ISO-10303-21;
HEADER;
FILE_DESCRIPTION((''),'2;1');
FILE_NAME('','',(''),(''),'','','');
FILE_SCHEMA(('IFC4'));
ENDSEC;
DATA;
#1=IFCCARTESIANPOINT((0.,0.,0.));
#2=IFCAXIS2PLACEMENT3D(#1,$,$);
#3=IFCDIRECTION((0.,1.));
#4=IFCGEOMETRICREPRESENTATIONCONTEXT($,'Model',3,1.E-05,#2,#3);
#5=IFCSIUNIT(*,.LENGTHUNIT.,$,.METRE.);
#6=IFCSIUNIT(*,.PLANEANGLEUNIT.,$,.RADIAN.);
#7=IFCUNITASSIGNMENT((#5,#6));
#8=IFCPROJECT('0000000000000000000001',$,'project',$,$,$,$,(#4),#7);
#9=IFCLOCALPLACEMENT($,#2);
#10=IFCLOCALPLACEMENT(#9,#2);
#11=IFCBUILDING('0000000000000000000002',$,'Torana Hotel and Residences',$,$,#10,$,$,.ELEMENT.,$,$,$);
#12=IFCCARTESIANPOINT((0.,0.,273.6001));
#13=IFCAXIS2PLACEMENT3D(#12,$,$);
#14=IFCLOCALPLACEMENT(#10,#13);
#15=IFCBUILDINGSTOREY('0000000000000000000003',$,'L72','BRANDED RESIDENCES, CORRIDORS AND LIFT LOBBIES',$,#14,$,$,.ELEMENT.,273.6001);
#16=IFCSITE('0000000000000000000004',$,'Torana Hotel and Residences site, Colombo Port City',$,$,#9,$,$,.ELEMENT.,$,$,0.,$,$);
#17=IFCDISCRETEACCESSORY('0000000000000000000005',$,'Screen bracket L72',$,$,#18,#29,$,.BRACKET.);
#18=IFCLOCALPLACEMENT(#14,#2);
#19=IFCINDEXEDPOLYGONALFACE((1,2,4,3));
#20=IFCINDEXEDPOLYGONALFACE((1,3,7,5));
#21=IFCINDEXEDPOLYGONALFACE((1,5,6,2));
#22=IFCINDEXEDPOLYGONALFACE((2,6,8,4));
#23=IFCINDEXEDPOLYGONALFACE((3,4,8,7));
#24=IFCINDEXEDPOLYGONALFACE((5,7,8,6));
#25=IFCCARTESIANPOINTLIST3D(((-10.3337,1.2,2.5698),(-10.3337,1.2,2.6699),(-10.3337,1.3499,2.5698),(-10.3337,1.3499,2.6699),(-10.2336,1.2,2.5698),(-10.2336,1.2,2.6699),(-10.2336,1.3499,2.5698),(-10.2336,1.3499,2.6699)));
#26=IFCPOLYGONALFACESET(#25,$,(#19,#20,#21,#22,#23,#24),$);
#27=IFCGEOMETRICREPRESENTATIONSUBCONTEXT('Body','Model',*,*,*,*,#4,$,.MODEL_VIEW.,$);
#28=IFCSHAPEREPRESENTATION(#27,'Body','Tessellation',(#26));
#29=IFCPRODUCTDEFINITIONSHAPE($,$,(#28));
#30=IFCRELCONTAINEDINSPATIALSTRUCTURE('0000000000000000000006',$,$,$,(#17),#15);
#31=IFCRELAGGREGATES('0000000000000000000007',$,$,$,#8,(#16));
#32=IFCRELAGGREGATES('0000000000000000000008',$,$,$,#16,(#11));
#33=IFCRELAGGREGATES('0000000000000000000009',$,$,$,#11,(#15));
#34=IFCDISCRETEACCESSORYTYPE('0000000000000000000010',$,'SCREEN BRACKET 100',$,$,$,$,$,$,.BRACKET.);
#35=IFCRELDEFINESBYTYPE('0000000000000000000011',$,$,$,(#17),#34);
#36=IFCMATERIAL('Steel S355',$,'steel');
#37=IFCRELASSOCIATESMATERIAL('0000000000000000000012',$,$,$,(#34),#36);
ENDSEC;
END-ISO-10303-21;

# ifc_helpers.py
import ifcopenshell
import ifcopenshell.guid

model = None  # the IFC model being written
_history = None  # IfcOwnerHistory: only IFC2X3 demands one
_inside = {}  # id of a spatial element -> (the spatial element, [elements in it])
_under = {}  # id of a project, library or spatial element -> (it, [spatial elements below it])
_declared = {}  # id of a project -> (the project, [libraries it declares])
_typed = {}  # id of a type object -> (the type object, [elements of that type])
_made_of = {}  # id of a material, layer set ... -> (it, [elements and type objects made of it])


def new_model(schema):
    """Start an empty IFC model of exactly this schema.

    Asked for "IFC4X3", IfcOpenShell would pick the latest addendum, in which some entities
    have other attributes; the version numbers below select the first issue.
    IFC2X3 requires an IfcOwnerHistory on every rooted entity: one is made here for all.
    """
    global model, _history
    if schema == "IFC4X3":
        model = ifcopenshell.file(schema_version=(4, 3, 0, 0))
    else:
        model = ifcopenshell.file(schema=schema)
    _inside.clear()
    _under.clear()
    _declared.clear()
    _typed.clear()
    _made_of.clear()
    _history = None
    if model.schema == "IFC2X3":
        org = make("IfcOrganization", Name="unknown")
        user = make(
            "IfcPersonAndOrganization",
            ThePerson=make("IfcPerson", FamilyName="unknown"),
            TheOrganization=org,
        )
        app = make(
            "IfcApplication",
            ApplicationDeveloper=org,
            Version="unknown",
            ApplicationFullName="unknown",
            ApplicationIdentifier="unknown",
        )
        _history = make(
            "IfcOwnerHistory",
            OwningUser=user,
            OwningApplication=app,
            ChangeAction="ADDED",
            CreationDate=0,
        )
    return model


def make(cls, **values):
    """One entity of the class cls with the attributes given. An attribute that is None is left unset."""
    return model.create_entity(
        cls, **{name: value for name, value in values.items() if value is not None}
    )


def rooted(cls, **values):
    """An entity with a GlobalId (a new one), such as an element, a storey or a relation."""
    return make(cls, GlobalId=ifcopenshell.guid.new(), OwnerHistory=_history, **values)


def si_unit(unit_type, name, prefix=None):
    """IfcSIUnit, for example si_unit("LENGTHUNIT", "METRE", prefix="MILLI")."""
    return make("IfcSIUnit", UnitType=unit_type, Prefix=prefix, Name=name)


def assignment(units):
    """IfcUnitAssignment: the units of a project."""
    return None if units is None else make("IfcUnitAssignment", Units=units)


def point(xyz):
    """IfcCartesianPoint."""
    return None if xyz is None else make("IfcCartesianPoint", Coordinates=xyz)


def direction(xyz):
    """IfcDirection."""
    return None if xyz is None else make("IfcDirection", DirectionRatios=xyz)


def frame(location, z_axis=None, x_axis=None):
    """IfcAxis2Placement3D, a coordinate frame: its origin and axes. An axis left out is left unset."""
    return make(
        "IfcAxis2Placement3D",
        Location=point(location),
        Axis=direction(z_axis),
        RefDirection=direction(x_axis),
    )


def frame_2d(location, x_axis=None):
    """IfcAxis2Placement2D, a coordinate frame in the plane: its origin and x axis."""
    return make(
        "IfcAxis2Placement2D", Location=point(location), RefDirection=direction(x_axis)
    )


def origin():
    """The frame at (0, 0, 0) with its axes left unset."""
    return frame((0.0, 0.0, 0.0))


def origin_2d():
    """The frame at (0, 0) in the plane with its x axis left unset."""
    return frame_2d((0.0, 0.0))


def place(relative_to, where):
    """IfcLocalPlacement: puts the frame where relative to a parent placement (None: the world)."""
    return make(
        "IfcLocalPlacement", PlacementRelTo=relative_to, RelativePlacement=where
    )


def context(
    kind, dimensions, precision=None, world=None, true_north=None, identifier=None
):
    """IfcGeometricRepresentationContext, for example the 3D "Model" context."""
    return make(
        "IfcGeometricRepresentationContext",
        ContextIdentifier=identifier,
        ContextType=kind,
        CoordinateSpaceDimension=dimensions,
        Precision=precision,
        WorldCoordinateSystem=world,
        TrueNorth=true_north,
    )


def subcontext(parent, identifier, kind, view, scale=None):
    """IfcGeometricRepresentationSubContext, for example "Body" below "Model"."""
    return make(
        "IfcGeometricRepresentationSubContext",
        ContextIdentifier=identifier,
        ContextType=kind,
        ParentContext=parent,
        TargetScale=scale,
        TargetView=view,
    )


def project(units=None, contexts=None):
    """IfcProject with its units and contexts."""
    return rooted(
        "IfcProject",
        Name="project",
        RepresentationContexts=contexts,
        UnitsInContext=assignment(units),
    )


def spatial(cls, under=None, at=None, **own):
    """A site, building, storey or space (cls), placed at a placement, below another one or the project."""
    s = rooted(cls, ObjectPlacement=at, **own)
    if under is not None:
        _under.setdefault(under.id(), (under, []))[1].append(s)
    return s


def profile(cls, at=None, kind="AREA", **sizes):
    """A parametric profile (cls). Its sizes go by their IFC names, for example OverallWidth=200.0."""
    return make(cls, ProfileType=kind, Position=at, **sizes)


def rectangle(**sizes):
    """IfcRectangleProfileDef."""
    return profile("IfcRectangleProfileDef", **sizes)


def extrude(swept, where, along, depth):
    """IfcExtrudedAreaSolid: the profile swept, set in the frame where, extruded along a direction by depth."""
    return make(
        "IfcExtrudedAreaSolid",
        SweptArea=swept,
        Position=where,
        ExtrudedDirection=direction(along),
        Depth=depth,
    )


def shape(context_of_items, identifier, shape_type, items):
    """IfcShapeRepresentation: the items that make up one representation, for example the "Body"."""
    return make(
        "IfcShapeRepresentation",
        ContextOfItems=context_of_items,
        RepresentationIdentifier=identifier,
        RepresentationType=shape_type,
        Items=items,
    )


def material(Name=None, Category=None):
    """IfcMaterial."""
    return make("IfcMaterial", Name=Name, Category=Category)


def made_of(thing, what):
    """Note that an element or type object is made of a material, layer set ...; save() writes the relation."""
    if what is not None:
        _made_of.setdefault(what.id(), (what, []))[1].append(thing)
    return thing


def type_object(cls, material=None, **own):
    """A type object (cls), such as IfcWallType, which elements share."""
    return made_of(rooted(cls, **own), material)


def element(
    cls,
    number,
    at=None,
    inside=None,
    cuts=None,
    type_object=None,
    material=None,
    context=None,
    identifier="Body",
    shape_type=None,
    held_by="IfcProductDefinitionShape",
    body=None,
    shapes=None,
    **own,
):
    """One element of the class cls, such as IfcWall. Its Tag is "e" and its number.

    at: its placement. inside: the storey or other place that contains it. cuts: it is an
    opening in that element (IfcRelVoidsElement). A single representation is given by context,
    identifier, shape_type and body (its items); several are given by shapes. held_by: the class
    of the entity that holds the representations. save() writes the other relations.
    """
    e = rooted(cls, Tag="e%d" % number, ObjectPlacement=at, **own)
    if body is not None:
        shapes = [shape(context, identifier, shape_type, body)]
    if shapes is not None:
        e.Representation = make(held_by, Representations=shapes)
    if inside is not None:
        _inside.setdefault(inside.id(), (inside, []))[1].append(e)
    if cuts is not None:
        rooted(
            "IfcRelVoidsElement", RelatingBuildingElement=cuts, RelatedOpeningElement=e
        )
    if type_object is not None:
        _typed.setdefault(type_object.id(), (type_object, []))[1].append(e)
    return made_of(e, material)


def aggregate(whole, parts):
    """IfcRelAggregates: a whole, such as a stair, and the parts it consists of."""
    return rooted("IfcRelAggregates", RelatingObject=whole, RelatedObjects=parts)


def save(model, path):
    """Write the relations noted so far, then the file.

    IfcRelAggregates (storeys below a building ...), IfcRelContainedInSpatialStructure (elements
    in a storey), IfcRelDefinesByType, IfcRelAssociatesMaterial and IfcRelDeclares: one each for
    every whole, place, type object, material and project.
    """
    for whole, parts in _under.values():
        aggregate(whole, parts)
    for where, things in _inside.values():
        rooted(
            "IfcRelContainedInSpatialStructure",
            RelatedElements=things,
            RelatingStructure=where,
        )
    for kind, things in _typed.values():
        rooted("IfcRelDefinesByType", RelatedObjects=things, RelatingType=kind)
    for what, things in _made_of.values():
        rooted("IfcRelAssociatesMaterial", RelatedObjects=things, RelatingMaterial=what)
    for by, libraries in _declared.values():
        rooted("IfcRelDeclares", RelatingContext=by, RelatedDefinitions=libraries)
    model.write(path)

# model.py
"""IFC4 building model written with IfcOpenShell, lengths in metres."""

from ifc_helpers import new_model, si_unit, direction, frame, origin, origin_2d, place, context, subcontext, project, spatial, rectangle, extrude, material, type_object, element, save


model = new_model("IFC4")

# Units and contexts
model_context = context("Model", 3, precision=1e-05, world=origin(), true_north=direction((0.0, 1.0)))
body_context = subcontext(model_context, "Body", "Model", "MODEL_VIEW")
ifc_project = project(units=[si_unit("LENGTHUNIT", "METRE"), si_unit("PLANEANGLEUNIT", "RADIAN")], contexts=[model_context])

# Site, building, storey
site_placement = place(None, origin())
site = spatial("IfcSite", under=ifc_project, at=site_placement, Name="Torana Hotel and Residences site, Colombo Port City", CompositionType="ELEMENT", RefElevation=0.0)
building_placement = place(site_placement, origin())
building = spatial("IfcBuilding", under=site, at=building_placement, Name="Torana Hotel and Residences", CompositionType="ELEMENT")
storey_placement = place(building_placement, frame((0.0, 0.0, 273.6001)))
storey = spatial("IfcBuildingStorey", under=building, at=storey_placement, Name="L72", Description="BRANDED RESIDENCES, CORRIDORS AND LIFT LOBBIES", CompositionType="ELEMENT", Elevation=273.6001)

# Discrete accessory
ifc_material_1 = material(Name="Steel S355", Category="steel")
discrete_accessory_type = type_object("IfcDiscreteAccessoryType", Name="SCREEN BRACKET 100", PredefinedType="BRACKET", material=ifc_material_1)
for number, where, z_axis, x_axis, name in (
    (1, (-10.2837, 1.2749, 2.5698), (0.0, 0.0, 1.0), (-1.0, 0.0, 0.0), "Screen bracket L72"),
):
    element("IfcDiscreteAccessory", number, at=place(storey_placement, frame(where, z_axis=z_axis, x_axis=x_axis)), inside=storey, type_object=discrete_accessory_type, Name=name, PredefinedType="BRACKET", context=body_context, shape_type="SweptSolid", body=[
        extrude(rectangle(XDim=0.1001, YDim=0.1499, at=origin_2d()), origin(), (0.0, 0.0, 1.0), 0.1001),
    ])

save(model, "model.ifc")
